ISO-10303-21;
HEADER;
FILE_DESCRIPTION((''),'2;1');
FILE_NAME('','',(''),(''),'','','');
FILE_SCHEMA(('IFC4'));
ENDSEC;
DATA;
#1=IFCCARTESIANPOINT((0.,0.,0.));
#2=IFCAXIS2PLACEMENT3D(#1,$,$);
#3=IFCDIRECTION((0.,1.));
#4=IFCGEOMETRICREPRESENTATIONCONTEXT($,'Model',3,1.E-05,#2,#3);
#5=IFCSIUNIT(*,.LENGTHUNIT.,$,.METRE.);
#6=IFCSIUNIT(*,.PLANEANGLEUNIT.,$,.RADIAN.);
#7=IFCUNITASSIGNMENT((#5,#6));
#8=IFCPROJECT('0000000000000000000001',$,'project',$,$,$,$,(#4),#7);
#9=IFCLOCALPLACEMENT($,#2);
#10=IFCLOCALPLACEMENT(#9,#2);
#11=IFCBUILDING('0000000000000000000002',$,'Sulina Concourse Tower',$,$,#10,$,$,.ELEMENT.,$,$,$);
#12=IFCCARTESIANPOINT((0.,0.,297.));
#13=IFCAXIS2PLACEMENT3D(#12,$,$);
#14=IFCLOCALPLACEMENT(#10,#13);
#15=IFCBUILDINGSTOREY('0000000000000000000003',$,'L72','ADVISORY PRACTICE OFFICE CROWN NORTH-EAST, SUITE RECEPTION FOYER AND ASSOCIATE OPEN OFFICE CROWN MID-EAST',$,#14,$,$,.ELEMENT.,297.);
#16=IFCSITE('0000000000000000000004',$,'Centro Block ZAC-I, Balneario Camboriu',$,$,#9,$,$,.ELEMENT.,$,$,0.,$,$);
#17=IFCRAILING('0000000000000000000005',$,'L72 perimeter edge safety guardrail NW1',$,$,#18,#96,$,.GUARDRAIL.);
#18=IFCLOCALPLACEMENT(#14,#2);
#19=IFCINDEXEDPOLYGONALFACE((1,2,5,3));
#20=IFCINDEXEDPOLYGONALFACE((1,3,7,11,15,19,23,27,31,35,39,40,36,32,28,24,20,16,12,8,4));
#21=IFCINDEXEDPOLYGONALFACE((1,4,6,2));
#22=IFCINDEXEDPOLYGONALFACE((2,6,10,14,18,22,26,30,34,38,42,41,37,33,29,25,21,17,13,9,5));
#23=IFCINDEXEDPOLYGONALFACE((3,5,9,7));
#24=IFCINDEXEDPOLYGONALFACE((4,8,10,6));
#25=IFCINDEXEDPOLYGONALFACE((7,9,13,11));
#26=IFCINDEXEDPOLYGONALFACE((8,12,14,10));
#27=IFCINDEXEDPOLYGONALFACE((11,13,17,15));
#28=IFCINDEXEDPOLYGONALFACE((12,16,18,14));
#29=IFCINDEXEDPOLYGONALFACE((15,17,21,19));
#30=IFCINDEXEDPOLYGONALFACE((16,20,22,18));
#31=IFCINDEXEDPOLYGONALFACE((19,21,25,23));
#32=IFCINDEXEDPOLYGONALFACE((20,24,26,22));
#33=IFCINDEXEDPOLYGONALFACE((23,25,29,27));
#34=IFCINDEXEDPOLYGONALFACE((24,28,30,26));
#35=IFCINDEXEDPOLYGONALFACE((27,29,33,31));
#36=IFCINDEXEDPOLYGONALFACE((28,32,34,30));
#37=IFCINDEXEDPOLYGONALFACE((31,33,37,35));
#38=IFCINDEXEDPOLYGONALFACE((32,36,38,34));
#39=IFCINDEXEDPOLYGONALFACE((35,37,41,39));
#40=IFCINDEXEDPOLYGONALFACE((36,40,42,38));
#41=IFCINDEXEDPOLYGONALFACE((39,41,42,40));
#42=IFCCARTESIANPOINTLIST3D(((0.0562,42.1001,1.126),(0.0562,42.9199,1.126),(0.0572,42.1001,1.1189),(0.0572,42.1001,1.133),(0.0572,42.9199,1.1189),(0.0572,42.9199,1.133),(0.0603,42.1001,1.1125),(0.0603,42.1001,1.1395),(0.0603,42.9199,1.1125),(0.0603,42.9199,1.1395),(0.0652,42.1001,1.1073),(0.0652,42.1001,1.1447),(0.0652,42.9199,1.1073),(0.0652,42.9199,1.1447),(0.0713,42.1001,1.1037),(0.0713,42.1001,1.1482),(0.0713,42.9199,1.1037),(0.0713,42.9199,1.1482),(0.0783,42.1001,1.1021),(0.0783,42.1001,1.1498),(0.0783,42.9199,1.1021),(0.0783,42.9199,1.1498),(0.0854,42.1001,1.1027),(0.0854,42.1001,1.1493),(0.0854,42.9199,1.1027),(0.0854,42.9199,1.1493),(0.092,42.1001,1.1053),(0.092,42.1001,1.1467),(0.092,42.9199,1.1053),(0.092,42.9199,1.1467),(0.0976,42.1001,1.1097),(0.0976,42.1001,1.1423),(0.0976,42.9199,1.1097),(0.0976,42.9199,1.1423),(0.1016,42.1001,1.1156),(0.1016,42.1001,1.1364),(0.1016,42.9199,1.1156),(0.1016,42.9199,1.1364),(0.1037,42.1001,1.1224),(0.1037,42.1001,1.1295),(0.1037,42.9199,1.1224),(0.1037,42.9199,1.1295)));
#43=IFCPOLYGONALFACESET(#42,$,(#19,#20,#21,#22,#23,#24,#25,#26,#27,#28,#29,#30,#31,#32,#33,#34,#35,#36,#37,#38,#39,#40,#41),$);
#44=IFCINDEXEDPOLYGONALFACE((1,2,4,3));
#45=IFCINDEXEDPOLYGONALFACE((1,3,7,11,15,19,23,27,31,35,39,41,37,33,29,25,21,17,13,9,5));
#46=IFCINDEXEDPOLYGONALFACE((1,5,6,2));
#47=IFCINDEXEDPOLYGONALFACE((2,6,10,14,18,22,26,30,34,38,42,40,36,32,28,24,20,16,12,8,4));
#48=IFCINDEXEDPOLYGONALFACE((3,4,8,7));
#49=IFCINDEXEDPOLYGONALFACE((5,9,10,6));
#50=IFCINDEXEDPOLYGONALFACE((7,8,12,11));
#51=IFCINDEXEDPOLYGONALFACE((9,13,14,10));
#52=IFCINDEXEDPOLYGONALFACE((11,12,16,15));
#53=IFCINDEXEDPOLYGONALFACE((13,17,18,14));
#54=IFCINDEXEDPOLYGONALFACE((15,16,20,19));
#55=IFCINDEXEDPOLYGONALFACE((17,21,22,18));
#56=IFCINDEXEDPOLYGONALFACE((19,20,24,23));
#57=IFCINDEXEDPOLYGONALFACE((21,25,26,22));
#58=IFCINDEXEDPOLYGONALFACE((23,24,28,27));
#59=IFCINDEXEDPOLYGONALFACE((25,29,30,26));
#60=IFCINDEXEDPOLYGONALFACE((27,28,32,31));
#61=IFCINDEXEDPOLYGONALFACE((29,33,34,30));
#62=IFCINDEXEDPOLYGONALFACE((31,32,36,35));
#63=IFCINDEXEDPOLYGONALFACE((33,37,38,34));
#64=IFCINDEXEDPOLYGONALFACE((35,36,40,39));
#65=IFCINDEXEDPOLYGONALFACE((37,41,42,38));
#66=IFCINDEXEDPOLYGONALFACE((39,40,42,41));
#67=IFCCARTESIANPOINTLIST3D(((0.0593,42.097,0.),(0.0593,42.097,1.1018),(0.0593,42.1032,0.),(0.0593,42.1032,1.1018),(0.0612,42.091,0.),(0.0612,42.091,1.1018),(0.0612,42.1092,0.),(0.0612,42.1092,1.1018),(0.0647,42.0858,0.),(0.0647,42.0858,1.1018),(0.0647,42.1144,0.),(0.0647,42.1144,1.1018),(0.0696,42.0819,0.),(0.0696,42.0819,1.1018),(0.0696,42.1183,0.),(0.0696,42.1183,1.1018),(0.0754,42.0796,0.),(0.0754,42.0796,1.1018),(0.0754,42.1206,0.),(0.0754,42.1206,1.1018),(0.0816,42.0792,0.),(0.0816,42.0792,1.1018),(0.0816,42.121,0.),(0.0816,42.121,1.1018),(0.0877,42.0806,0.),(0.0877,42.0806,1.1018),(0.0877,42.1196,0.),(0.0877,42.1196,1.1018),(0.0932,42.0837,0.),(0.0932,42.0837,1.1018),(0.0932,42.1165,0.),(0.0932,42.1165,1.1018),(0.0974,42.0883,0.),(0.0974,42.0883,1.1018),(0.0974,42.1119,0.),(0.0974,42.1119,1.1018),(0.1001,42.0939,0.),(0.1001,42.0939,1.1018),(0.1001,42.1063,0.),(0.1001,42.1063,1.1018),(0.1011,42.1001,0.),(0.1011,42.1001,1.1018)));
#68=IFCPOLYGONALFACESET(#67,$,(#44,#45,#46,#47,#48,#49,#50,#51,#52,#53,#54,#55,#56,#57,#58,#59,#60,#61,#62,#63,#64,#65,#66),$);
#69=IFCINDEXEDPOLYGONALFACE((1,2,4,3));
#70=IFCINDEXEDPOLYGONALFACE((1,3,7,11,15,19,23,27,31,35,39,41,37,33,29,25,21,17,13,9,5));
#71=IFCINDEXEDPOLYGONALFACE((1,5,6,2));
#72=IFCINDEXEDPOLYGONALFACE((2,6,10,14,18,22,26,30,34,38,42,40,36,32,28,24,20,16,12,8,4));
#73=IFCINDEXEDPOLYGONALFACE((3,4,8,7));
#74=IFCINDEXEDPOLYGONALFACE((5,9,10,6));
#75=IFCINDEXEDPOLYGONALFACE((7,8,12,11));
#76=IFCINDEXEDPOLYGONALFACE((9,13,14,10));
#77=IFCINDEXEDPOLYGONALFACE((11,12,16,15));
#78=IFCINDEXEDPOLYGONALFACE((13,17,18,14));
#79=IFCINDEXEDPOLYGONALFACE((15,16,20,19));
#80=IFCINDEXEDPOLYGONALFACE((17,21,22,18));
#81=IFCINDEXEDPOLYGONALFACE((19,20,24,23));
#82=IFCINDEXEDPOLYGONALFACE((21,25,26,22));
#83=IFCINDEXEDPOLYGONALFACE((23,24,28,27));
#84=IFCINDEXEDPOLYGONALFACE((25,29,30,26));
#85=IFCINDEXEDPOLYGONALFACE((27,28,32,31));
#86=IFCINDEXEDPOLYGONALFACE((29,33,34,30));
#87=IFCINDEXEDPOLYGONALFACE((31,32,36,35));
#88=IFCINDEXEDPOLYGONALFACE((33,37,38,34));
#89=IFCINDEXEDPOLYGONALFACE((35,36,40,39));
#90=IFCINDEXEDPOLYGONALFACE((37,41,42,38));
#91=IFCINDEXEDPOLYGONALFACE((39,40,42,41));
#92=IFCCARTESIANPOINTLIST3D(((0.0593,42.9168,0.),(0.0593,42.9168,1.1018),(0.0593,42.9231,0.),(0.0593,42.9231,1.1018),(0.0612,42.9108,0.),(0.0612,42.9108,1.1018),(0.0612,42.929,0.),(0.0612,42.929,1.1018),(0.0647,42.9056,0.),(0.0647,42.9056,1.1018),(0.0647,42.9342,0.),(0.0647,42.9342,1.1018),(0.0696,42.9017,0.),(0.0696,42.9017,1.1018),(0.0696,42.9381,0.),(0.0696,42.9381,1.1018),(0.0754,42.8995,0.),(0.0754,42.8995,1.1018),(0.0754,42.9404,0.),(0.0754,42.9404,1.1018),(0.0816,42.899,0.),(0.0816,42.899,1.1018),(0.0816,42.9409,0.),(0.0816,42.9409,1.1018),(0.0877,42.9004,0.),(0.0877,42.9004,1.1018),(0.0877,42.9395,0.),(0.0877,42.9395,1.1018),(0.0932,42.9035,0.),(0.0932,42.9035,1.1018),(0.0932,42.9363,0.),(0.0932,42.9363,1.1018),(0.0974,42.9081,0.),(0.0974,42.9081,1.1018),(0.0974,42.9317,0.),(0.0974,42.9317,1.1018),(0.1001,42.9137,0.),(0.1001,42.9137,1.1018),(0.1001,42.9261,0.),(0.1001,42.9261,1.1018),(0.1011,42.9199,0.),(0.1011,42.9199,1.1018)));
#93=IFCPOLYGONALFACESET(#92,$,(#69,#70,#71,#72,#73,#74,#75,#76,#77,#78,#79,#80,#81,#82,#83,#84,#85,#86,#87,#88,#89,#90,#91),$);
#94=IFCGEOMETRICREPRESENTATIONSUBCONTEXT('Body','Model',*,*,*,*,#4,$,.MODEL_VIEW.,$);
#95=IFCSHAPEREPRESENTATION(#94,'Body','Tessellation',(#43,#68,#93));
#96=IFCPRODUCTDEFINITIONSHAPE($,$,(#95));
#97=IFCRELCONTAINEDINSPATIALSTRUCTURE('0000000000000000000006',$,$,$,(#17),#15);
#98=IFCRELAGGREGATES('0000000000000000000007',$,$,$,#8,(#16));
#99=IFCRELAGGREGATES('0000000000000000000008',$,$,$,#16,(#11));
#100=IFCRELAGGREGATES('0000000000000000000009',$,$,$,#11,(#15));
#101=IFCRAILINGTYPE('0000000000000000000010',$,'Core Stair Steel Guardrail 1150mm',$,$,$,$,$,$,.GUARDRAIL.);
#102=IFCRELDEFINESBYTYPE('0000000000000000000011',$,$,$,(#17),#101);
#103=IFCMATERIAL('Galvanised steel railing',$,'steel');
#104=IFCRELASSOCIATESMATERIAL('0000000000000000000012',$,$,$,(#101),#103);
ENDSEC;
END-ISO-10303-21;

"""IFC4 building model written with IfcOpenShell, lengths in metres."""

from ifc_helpers import new_model, si_unit, direction, frame, origin, origin_2d, place, context, subcontext, project, spatial, circle, extrude, material, type_object, element, save


model = new_model("IFC4")

# Units and contexts
model_context = context("Model", 3, precision=1e-05, world=origin(), true_north=direction((0.0, 1.0)))
body_context = subcontext(model_context, "Body", "Model", "MODEL_VIEW")
ifc_project = project(units=[si_unit("LENGTHUNIT", "METRE"), si_unit("PLANEANGLEUNIT", "RADIAN")], contexts=[model_context])

# Site, building, storey
site_placement = place(None, origin())
site = spatial("IfcSite", under=ifc_project, at=site_placement, Name="Centro Block ZAC-I, Balneario Camboriu", CompositionType="ELEMENT", RefElevation=0.0)
building_placement = place(site_placement, origin())
building = spatial("IfcBuilding", under=site, at=building_placement, Name="Sulina Concourse Tower", CompositionType="ELEMENT")
storey_placement = place(building_placement, frame((0.0, 0.0, 297.0)))
storey = spatial("IfcBuildingStorey", under=building, at=storey_placement, Name="L72", Description="ADVISORY PRACTICE OFFICE CROWN NORTH-EAST, SUITE RECEPTION FOYER AND ASSOCIATE OPEN OFFICE CROWN MID-EAST", CompositionType="ELEMENT", Elevation=297.0)

# Railing
ifc_material_1 = material(Name="Galvanised steel railing", Category="steel")
railing_type_1 = type_object("IfcRailingType", Name="Core Stair Steel Guardrail 1150mm", PredefinedType="GUARDRAIL", material=ifc_material_1)
railing_1_placement = place(storey_placement, frame((0.0801, 42.1001, 0.0)))
element("IfcRailing", 1, at=railing_1_placement, inside=storey, type_object=railing_type_1, Name="L72 perimeter edge safety guardrail NW1", PredefinedType="GUARDRAIL", context=body_context, shape_type="SweptSolid", body=[
    extrude(circle(Radius=0.0239, at=origin_2d()), frame((0.0, 0.0, 1.126), z_axis=(0.0, 1.0, 0.0), x_axis=(-1.0, 0.0, 0.0)), (0.0, 0.0, 1.0), 0.8198),
    extrude(circle(Radius=0.021, at=origin_2d()), origin(), (0.0, 0.0, 1.0), 1.1018),
    extrude(circle(Radius=0.021, at=origin_2d()), frame((0.0, 0.8198, 0.0)), (0.0, 0.0, 1.0), 1.1018),
])

save(model, "model.ifc")
